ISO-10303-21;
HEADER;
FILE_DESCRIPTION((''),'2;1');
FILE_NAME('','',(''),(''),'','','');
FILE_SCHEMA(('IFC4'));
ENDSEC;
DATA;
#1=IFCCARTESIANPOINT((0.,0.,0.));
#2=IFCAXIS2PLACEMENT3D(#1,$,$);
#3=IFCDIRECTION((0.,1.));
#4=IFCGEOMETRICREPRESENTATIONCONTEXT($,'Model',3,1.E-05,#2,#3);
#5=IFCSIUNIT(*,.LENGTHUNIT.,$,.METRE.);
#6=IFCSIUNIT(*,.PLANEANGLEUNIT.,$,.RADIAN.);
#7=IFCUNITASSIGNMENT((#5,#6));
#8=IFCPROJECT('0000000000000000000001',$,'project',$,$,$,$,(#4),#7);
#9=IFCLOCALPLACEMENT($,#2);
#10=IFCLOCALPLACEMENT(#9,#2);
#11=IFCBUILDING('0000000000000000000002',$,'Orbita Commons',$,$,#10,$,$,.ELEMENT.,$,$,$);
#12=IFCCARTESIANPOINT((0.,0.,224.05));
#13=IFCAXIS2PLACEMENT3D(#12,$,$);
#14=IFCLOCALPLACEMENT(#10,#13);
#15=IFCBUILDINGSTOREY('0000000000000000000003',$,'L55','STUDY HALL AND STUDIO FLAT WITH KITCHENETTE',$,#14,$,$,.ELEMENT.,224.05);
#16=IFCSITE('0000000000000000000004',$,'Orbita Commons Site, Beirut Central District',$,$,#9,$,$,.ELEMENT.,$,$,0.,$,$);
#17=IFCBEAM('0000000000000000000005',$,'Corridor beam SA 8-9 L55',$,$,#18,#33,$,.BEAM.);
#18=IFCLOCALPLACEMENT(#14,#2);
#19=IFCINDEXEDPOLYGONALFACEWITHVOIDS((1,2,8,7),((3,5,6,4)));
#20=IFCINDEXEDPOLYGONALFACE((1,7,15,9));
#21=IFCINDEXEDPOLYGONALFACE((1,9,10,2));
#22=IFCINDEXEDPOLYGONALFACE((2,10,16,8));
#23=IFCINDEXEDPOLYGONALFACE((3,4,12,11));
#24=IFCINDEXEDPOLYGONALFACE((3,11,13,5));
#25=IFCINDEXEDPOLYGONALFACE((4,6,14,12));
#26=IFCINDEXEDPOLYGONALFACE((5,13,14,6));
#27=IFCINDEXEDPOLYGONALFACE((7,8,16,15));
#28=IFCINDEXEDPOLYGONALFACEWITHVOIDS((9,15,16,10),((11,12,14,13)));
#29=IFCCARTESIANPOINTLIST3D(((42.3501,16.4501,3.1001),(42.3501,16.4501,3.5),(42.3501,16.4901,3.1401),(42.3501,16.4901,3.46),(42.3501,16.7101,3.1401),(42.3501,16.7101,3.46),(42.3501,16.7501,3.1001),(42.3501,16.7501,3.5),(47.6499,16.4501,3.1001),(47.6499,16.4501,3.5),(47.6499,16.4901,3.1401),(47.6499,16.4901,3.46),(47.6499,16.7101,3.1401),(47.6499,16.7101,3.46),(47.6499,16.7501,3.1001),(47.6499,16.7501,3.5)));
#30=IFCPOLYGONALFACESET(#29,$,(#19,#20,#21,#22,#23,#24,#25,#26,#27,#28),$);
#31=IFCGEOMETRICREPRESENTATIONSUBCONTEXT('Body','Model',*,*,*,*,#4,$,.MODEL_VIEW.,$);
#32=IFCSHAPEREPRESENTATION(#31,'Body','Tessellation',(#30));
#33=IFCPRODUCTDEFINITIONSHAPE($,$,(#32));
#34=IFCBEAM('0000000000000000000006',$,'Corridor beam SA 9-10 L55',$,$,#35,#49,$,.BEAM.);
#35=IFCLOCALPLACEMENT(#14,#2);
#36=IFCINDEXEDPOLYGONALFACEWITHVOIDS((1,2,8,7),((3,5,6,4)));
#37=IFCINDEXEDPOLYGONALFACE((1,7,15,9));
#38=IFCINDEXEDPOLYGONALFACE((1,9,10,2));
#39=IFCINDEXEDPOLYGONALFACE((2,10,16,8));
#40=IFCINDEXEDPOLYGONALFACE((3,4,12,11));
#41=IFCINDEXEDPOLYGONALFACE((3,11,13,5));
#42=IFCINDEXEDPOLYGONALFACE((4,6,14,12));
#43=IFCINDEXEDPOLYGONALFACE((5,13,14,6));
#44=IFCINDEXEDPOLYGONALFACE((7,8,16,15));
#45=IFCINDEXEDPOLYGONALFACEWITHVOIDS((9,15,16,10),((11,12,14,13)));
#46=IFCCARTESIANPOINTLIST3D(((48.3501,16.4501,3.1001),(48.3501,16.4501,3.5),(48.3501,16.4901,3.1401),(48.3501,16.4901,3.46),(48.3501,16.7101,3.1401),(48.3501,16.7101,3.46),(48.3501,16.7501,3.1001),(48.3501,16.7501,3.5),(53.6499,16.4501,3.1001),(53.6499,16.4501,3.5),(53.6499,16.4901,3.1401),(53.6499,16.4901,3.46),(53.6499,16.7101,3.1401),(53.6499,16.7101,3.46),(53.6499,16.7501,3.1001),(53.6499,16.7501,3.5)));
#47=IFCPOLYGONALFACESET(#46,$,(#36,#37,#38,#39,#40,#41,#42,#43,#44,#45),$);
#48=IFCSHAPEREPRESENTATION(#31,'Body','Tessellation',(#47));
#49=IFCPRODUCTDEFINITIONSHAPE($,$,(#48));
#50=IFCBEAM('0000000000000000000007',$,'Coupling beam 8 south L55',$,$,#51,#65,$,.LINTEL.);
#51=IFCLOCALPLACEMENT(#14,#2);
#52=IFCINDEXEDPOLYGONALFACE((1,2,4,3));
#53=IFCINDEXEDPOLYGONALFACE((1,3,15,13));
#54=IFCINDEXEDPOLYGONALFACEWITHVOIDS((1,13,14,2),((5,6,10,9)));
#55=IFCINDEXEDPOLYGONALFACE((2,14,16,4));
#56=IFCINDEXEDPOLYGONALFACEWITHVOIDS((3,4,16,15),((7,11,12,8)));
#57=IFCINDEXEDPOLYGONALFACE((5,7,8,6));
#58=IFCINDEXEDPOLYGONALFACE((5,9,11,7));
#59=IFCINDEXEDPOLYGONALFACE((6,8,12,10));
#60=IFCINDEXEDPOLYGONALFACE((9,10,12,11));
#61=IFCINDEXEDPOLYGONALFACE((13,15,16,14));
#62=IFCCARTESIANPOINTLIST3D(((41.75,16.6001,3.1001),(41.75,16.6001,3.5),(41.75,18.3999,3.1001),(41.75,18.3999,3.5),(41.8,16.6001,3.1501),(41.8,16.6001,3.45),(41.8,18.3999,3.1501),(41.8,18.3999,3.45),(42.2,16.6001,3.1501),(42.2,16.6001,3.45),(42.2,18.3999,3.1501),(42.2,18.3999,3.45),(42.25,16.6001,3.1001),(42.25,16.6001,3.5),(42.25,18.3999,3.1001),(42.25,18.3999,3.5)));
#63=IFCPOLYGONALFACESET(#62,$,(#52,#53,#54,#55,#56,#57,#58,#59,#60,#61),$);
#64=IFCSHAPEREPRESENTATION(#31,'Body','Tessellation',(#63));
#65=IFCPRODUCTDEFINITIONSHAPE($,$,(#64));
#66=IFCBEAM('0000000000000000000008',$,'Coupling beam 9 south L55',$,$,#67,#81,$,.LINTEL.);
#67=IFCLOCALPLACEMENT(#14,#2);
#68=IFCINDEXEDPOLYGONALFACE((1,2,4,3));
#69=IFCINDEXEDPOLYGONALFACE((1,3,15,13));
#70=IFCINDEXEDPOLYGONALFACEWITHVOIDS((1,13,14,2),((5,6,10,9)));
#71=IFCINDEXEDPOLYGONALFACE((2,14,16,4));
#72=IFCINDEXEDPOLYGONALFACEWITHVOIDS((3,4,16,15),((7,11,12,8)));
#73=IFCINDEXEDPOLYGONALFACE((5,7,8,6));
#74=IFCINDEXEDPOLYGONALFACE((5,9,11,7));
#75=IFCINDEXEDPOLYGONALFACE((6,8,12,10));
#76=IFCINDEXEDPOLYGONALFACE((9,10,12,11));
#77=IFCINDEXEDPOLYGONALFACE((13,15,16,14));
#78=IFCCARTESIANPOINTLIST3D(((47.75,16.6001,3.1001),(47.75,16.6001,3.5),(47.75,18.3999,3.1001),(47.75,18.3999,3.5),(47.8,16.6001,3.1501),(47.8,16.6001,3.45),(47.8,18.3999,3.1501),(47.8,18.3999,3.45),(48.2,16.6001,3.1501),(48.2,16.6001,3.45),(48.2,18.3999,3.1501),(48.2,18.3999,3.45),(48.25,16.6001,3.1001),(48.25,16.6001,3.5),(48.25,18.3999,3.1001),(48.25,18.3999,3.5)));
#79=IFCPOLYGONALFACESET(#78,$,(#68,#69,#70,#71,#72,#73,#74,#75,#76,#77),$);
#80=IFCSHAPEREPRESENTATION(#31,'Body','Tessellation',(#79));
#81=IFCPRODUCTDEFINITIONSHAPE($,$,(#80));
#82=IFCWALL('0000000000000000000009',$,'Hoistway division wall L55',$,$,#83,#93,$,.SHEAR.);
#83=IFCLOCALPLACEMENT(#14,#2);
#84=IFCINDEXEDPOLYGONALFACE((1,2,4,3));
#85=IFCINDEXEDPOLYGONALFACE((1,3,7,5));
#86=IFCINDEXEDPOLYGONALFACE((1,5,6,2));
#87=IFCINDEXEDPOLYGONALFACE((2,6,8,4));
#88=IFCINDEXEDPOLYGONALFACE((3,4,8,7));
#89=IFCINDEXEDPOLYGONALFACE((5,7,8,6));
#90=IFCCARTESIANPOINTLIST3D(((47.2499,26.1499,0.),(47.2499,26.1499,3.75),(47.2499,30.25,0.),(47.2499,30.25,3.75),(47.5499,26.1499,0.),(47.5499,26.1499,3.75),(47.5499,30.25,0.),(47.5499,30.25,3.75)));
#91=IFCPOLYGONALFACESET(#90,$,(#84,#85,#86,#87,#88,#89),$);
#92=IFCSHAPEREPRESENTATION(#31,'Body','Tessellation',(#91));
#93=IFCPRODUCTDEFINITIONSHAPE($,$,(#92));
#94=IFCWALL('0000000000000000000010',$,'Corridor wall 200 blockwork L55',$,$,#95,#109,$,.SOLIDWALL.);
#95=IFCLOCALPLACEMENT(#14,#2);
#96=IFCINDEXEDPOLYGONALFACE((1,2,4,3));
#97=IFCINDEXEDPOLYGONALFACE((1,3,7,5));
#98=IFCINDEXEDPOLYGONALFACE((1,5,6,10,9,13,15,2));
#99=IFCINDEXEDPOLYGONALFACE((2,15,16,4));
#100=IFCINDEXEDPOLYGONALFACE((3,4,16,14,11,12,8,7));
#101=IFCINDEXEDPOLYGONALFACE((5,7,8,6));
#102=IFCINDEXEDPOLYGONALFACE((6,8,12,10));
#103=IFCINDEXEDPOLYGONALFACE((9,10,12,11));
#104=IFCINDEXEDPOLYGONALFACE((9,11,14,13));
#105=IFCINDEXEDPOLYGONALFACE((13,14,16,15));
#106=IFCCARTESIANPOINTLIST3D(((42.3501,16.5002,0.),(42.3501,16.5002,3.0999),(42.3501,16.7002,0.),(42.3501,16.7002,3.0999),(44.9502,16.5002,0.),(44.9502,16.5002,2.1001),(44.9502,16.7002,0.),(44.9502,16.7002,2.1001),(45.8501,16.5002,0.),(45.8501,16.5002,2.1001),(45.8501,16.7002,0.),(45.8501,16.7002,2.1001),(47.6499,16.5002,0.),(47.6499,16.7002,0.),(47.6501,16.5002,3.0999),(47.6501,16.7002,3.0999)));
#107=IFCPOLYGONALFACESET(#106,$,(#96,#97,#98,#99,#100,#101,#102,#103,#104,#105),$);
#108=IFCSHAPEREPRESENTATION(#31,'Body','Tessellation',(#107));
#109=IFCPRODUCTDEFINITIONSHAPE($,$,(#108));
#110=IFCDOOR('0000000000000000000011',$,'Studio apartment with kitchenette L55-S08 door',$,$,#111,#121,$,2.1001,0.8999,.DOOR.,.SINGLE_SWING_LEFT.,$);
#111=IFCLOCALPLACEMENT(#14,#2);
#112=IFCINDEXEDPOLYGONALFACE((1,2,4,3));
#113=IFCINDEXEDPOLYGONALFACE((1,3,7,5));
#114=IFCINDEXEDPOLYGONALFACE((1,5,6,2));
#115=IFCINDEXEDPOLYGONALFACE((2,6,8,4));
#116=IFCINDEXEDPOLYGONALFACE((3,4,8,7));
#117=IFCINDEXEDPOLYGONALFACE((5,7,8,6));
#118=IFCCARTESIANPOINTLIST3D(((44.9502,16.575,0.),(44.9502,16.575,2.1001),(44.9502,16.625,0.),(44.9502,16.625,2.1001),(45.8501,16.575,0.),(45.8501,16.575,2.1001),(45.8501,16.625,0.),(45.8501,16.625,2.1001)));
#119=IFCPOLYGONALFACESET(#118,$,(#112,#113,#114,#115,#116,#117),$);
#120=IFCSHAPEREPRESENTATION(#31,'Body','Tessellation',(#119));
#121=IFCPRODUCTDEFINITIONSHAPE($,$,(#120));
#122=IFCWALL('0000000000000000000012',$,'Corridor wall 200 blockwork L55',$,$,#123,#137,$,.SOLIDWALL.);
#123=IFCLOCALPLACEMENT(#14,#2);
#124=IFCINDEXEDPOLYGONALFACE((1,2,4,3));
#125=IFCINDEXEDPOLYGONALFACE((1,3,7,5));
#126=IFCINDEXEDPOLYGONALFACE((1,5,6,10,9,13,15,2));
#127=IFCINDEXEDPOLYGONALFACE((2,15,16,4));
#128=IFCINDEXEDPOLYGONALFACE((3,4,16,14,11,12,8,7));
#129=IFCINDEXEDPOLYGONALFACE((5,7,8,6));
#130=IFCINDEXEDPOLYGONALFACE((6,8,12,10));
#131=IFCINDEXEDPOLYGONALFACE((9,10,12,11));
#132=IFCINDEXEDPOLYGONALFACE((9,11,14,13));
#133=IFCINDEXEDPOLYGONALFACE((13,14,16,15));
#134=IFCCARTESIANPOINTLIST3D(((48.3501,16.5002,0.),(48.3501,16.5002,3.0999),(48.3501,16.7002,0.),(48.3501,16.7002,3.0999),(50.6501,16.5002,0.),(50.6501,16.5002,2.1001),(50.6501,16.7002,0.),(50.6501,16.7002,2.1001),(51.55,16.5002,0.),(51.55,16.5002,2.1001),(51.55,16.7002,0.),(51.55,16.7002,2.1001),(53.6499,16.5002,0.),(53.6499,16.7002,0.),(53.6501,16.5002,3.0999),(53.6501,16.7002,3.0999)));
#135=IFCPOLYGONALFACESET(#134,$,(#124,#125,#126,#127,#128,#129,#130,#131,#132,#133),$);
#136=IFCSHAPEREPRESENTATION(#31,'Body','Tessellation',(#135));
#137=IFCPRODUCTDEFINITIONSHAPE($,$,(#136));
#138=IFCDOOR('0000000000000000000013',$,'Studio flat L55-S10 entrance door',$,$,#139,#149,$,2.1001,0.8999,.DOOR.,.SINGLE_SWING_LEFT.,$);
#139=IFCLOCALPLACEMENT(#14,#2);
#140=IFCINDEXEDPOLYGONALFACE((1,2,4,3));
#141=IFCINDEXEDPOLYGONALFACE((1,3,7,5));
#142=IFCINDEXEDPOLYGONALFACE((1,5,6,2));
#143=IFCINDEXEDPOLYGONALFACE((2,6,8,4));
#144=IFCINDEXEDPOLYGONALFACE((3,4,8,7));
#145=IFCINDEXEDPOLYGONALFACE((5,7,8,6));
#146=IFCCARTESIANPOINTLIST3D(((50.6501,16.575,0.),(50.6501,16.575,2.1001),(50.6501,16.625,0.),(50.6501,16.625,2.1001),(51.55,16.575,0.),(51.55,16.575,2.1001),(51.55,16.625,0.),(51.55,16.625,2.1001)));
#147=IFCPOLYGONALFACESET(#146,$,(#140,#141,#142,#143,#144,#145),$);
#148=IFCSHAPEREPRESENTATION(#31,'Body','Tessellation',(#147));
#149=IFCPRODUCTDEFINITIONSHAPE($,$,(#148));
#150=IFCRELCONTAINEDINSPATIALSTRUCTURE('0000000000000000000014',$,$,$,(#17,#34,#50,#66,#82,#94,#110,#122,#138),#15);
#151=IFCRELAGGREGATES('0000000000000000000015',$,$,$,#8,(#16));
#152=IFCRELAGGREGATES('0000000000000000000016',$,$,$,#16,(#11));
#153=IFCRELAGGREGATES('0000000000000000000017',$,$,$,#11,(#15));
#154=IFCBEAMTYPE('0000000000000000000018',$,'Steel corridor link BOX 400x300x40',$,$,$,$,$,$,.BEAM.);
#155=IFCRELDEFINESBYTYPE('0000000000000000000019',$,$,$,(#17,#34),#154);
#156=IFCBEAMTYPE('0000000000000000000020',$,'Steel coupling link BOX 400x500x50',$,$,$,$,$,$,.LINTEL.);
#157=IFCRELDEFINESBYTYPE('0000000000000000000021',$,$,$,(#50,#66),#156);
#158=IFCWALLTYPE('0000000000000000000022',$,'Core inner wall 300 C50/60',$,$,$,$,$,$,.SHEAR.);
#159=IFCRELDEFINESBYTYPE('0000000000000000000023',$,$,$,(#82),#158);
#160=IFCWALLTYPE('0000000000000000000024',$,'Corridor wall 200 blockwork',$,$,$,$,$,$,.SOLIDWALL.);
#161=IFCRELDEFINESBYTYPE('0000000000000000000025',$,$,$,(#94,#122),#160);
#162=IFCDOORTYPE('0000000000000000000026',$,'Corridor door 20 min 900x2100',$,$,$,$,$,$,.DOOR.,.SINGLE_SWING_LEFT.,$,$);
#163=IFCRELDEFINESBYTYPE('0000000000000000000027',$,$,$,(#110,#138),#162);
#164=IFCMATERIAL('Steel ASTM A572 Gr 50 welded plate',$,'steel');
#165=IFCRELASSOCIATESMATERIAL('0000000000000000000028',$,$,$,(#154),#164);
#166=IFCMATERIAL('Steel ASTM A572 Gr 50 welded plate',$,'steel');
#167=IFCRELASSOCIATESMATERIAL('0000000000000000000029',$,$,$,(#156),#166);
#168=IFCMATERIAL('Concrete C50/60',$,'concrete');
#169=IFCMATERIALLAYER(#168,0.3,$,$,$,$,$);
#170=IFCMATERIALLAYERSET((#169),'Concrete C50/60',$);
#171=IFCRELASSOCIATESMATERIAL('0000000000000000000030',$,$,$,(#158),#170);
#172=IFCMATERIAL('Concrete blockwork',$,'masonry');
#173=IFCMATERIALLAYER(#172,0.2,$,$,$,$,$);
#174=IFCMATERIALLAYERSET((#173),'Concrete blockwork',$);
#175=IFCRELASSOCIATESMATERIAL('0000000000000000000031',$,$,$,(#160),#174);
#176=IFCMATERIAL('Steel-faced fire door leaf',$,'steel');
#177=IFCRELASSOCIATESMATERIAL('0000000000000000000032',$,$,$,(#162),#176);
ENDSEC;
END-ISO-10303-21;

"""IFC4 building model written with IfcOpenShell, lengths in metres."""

from ifc_helpers import new_model, si_unit, direction, frame, frame_2d, origin, origin_2d, place, context, subcontext, project, spatial, polyline, rectangle, hollow_rectangle, outline, extrude, material, layer, layer_set, material_profile, profile_set, type_object, element, fill, save


model = new_model("IFC4")

# Units and contexts
model_context = context("Model", 3, precision=1e-05, world=origin(), true_north=direction((0.0, 1.0)))
body_context = subcontext(model_context, "Body", "Model", "MODEL_VIEW")
ifc_project = project(units=[si_unit("LENGTHUNIT", "METRE"), si_unit("PLANEANGLEUNIT", "RADIAN")], contexts=[model_context])

# Site, building, storey
site_placement = place(None, origin())
site = spatial("IfcSite", under=ifc_project, at=site_placement, Name="Orbita Commons Site, Beirut Central District", CompositionType="ELEMENT", RefElevation=0.0)
building_placement = place(site_placement, origin())
building = spatial("IfcBuilding", under=site, at=building_placement, Name="Orbita Commons", CompositionType="ELEMENT")
storey_placement = place(building_placement, frame((0.0, 0.0, 224.05)))
storey = spatial("IfcBuildingStorey", under=building, at=storey_placement, Name="L55", Description="STUDY HALL AND STUDIO FLAT WITH KITCHENETTE", CompositionType="ELEMENT", Elevation=224.05)

# Beams
ifc_material_1 = material(Name="Steel ASTM A572 Gr 50 welded plate", Category="steel")
ifc_material_profile_1 = material_profile(ifc_material_1, hollow_rectangle(XDim=0.3, YDim=0.3999, WallThickness=0.04, at=origin_2d()), Name="BOX 400x300x40")
ifc_profile_set_1 = profile_set([ifc_material_profile_1], Name="Steel ASTM A572 Gr 50 welded plate")
beam_type_1 = type_object("IfcBeamType", Name="Steel corridor link BOX 400x300x40", PredefinedType="BEAM", material=ifc_profile_set_1)
for number, where, z_axis, x_axis, name in (
    (1, (42.3501, 16.6001, 3.3), (1.0, 0.0, 0.0), (0.0, 1.0, 0.0), "Corridor beam SA 8-9 L55"),
    (2, (48.3501, 16.6001, 3.3), (1.0, 0.0, 0.0), (0.0, 1.0, 0.0), "Corridor beam SA 9-10 L55"),
):
    element("IfcBeam", number, at=place(storey_placement, frame(where, z_axis=z_axis, x_axis=x_axis)), inside=storey, type_object=beam_type_1, Name=name, PredefinedType="BEAM", context=body_context, shape_type="SweptSolid", body=[
        extrude(hollow_rectangle(XDim=0.3, YDim=0.3999, WallThickness=0.04, at=origin_2d()), origin(), (0.0, 0.0, 1.0), 5.2998),
    ])
ifc_material_2 = material(Name="Steel ASTM A572 Gr 50 welded plate", Category="steel")
ifc_material_profile_2 = material_profile(ifc_material_2, hollow_rectangle(XDim=0.5, YDim=0.3999, WallThickness=0.05, at=origin_2d()), Name="BOX 400x500x50")
ifc_profile_set_2 = profile_set([ifc_material_profile_2], Name="Steel ASTM A572 Gr 50 welded plate")
beam_type_2 = type_object("IfcBeamType", Name="Steel coupling link BOX 400x500x50", PredefinedType="LINTEL", material=ifc_profile_set_2)
for number, where, z_axis, x_axis, name in (
    (3, (42.0, 16.6001, 3.3), (0.0, 1.0, 0.0), (-1.0, 0.0, 0.0), "Coupling beam 8 south L55"),
    (4, (48.0, 16.6001, 3.3), (0.0, 1.0, 0.0), (-1.0, 0.0, 0.0), "Coupling beam 9 south L55"),
):
    element("IfcBeam", number, at=place(storey_placement, frame(where, z_axis=z_axis, x_axis=x_axis)), inside=storey, type_object=beam_type_2, Name=name, PredefinedType="LINTEL", context=body_context, shape_type="SweptSolid", body=[
        extrude(hollow_rectangle(XDim=0.5, YDim=0.3999, WallThickness=0.05, at=origin_2d()), origin(), (0.0, 0.0, 1.0), 1.7998),
    ])

# Wall
ifc_material_3 = material(Name="Concrete C50/60", Category="concrete")
ifc_layer_1 = layer(ifc_material_3, 0.3)
ifc_layer_set_1 = layer_set([ifc_layer_1], Name="Concrete C50/60")
wall_type_1 = type_object("IfcWallType", Name="Core inner wall 300 C50/60", PredefinedType="SHEAR", material=ifc_layer_set_1)
wall_1_placement = place(storey_placement, frame((47.3999, 26.1499, 0.0), z_axis=(0.0, 0.0, 1.0), x_axis=(0.0, 1.0, 0.0)))
element("IfcWall", 5, at=wall_1_placement, inside=storey, type_object=wall_type_1, Name="Hoistway division wall L55", PredefinedType="SHEAR", context=body_context, shape_type="SweptSolid", body=[
    extrude(rectangle(XDim=4.1001, YDim=0.3, at=frame_2d((2.05, 0.0))), origin(), (0.0, 0.0, 1.0), 3.75),
])

# Walls, openings, doors
ifc_material_4 = material(Name="Concrete blockwork", Category="masonry")
ifc_layer_2 = layer(ifc_material_4, 0.2)
ifc_layer_set_2 = layer_set([ifc_layer_2], Name="Concrete blockwork")
wall_type_2 = type_object("IfcWallType", Name="Corridor wall 200 blockwork", PredefinedType="SOLIDWALL", material=ifc_layer_set_2)
wall_2_placement = place(storey_placement, frame((42.3501, 16.6001, 0.0), z_axis=(0.0, 0.0, 1.0), x_axis=(1.0, 0.0, 0.0)))
wall_2 = element("IfcWall", 6, at=wall_2_placement, inside=storey, type_object=wall_type_2, Name="Corridor wall 200 blockwork L55", PredefinedType="SOLIDWALL", context=body_context, shape_type="SweptSolid", body=[
    extrude(outline(polyline([(0.0, 0.0), (5.2998, 0.0), (5.3, 3.0999), (0.0, 3.0999), (0.0, 0.0)])), frame((0.0, 0.1001, 0.0), z_axis=(0.0, -1.0, 0.0), x_axis=(1.0, 0.0, 0.0)), (0.0, 0.0, 1.0), 0.2),
])
opening_1_placement = place(wall_2_placement, frame((2.6001, 0.0, 0.0)))
opening_1 = element("IfcOpeningElement", 7, at=opening_1_placement, cuts=wall_2, PredefinedType="OPENING", context=body_context, shape_type="SweptSolid", body=[
    extrude(rectangle(XDim=0.8999, YDim=2.1001, at=frame_2d((0.45, 1.05))), frame((0.0, 0.1099, 0.0), z_axis=(0.0, -1.0, 0.0), x_axis=(1.0, 0.0, 0.0)), (0.0, 0.0, 1.0), 0.22),
])
ifc_material_5 = material(Name="Steel-faced fire door leaf", Category="steel")
door_type_1 = type_object("IfcDoorType", Name="Corridor door 20 min 900x2100", OperationType="SINGLE_SWING_LEFT", PredefinedType="DOOR", material=ifc_material_5)
door_1_placement = place(opening_1_placement, origin())
door_1 = element("IfcDoor", 8, at=door_1_placement, inside=storey, type_object=door_type_1, Name="Studio apartment with kitchenette L55-S08 door", OperationType="SINGLE_SWING_LEFT", OverallHeight=2.1001, OverallWidth=0.8999, PredefinedType="DOOR", context=body_context, shape_type="SweptSolid", body=[
    extrude(rectangle(XDim=0.8999, YDim=2.1001, at=frame_2d((0.45, 1.05))), frame((0.0, 0.0249, 0.0), z_axis=(0.0, -1.0, 0.0), x_axis=(1.0, 0.0, 0.0)), (0.0, 0.0, 1.0), 0.05),
])
fill(opening_1, door_1)
wall_3_placement = place(storey_placement, frame((48.3501, 16.6001, 0.0), z_axis=(0.0, 0.0, 1.0), x_axis=(1.0, 0.0, 0.0)))
wall_3 = element("IfcWall", 9, at=wall_3_placement, inside=storey, type_object=wall_type_2, Name="Corridor wall 200 blockwork L55", PredefinedType="SOLIDWALL", context=body_context, shape_type="SweptSolid", body=[
    extrude(outline(polyline([(0.0, 0.0), (5.2998, 0.0), (5.3, 3.0999), (0.0, 3.0999), (0.0, 0.0)])), frame((0.0, 0.1001, 0.0), z_axis=(0.0, -1.0, 0.0), x_axis=(1.0, 0.0, 0.0)), (0.0, 0.0, 1.0), 0.2),
])
opening_2_placement = place(wall_3_placement, frame((2.3, 0.0, 0.0)))
opening_2 = element("IfcOpeningElement", 10, at=opening_2_placement, cuts=wall_3, PredefinedType="OPENING", context=body_context, shape_type="SweptSolid", body=[
    extrude(rectangle(XDim=0.8999, YDim=2.1001, at=frame_2d((0.45, 1.05))), frame((0.0, 0.1099, 0.0), z_axis=(0.0, -1.0, 0.0), x_axis=(1.0, 0.0, 0.0)), (0.0, 0.0, 1.0), 0.22),
])
door_2_placement = place(opening_2_placement, origin())
door_2 = element("IfcDoor", 11, at=door_2_placement, inside=storey, type_object=door_type_1, Name="Studio flat L55-S10 entrance door", OperationType="SINGLE_SWING_LEFT", OverallHeight=2.1001, OverallWidth=0.8999, PredefinedType="DOOR", context=body_context, shape_type="SweptSolid", body=[
    extrude(rectangle(XDim=0.8999, YDim=2.1001, at=frame_2d((0.45, 1.05))), frame((0.0, 0.0249, 0.0), z_axis=(0.0, -1.0, 0.0), x_axis=(1.0, 0.0, 0.0)), (0.0, 0.0, 1.0), 0.05),
])
fill(opening_2, door_2)

save(model, "model.ifc")
